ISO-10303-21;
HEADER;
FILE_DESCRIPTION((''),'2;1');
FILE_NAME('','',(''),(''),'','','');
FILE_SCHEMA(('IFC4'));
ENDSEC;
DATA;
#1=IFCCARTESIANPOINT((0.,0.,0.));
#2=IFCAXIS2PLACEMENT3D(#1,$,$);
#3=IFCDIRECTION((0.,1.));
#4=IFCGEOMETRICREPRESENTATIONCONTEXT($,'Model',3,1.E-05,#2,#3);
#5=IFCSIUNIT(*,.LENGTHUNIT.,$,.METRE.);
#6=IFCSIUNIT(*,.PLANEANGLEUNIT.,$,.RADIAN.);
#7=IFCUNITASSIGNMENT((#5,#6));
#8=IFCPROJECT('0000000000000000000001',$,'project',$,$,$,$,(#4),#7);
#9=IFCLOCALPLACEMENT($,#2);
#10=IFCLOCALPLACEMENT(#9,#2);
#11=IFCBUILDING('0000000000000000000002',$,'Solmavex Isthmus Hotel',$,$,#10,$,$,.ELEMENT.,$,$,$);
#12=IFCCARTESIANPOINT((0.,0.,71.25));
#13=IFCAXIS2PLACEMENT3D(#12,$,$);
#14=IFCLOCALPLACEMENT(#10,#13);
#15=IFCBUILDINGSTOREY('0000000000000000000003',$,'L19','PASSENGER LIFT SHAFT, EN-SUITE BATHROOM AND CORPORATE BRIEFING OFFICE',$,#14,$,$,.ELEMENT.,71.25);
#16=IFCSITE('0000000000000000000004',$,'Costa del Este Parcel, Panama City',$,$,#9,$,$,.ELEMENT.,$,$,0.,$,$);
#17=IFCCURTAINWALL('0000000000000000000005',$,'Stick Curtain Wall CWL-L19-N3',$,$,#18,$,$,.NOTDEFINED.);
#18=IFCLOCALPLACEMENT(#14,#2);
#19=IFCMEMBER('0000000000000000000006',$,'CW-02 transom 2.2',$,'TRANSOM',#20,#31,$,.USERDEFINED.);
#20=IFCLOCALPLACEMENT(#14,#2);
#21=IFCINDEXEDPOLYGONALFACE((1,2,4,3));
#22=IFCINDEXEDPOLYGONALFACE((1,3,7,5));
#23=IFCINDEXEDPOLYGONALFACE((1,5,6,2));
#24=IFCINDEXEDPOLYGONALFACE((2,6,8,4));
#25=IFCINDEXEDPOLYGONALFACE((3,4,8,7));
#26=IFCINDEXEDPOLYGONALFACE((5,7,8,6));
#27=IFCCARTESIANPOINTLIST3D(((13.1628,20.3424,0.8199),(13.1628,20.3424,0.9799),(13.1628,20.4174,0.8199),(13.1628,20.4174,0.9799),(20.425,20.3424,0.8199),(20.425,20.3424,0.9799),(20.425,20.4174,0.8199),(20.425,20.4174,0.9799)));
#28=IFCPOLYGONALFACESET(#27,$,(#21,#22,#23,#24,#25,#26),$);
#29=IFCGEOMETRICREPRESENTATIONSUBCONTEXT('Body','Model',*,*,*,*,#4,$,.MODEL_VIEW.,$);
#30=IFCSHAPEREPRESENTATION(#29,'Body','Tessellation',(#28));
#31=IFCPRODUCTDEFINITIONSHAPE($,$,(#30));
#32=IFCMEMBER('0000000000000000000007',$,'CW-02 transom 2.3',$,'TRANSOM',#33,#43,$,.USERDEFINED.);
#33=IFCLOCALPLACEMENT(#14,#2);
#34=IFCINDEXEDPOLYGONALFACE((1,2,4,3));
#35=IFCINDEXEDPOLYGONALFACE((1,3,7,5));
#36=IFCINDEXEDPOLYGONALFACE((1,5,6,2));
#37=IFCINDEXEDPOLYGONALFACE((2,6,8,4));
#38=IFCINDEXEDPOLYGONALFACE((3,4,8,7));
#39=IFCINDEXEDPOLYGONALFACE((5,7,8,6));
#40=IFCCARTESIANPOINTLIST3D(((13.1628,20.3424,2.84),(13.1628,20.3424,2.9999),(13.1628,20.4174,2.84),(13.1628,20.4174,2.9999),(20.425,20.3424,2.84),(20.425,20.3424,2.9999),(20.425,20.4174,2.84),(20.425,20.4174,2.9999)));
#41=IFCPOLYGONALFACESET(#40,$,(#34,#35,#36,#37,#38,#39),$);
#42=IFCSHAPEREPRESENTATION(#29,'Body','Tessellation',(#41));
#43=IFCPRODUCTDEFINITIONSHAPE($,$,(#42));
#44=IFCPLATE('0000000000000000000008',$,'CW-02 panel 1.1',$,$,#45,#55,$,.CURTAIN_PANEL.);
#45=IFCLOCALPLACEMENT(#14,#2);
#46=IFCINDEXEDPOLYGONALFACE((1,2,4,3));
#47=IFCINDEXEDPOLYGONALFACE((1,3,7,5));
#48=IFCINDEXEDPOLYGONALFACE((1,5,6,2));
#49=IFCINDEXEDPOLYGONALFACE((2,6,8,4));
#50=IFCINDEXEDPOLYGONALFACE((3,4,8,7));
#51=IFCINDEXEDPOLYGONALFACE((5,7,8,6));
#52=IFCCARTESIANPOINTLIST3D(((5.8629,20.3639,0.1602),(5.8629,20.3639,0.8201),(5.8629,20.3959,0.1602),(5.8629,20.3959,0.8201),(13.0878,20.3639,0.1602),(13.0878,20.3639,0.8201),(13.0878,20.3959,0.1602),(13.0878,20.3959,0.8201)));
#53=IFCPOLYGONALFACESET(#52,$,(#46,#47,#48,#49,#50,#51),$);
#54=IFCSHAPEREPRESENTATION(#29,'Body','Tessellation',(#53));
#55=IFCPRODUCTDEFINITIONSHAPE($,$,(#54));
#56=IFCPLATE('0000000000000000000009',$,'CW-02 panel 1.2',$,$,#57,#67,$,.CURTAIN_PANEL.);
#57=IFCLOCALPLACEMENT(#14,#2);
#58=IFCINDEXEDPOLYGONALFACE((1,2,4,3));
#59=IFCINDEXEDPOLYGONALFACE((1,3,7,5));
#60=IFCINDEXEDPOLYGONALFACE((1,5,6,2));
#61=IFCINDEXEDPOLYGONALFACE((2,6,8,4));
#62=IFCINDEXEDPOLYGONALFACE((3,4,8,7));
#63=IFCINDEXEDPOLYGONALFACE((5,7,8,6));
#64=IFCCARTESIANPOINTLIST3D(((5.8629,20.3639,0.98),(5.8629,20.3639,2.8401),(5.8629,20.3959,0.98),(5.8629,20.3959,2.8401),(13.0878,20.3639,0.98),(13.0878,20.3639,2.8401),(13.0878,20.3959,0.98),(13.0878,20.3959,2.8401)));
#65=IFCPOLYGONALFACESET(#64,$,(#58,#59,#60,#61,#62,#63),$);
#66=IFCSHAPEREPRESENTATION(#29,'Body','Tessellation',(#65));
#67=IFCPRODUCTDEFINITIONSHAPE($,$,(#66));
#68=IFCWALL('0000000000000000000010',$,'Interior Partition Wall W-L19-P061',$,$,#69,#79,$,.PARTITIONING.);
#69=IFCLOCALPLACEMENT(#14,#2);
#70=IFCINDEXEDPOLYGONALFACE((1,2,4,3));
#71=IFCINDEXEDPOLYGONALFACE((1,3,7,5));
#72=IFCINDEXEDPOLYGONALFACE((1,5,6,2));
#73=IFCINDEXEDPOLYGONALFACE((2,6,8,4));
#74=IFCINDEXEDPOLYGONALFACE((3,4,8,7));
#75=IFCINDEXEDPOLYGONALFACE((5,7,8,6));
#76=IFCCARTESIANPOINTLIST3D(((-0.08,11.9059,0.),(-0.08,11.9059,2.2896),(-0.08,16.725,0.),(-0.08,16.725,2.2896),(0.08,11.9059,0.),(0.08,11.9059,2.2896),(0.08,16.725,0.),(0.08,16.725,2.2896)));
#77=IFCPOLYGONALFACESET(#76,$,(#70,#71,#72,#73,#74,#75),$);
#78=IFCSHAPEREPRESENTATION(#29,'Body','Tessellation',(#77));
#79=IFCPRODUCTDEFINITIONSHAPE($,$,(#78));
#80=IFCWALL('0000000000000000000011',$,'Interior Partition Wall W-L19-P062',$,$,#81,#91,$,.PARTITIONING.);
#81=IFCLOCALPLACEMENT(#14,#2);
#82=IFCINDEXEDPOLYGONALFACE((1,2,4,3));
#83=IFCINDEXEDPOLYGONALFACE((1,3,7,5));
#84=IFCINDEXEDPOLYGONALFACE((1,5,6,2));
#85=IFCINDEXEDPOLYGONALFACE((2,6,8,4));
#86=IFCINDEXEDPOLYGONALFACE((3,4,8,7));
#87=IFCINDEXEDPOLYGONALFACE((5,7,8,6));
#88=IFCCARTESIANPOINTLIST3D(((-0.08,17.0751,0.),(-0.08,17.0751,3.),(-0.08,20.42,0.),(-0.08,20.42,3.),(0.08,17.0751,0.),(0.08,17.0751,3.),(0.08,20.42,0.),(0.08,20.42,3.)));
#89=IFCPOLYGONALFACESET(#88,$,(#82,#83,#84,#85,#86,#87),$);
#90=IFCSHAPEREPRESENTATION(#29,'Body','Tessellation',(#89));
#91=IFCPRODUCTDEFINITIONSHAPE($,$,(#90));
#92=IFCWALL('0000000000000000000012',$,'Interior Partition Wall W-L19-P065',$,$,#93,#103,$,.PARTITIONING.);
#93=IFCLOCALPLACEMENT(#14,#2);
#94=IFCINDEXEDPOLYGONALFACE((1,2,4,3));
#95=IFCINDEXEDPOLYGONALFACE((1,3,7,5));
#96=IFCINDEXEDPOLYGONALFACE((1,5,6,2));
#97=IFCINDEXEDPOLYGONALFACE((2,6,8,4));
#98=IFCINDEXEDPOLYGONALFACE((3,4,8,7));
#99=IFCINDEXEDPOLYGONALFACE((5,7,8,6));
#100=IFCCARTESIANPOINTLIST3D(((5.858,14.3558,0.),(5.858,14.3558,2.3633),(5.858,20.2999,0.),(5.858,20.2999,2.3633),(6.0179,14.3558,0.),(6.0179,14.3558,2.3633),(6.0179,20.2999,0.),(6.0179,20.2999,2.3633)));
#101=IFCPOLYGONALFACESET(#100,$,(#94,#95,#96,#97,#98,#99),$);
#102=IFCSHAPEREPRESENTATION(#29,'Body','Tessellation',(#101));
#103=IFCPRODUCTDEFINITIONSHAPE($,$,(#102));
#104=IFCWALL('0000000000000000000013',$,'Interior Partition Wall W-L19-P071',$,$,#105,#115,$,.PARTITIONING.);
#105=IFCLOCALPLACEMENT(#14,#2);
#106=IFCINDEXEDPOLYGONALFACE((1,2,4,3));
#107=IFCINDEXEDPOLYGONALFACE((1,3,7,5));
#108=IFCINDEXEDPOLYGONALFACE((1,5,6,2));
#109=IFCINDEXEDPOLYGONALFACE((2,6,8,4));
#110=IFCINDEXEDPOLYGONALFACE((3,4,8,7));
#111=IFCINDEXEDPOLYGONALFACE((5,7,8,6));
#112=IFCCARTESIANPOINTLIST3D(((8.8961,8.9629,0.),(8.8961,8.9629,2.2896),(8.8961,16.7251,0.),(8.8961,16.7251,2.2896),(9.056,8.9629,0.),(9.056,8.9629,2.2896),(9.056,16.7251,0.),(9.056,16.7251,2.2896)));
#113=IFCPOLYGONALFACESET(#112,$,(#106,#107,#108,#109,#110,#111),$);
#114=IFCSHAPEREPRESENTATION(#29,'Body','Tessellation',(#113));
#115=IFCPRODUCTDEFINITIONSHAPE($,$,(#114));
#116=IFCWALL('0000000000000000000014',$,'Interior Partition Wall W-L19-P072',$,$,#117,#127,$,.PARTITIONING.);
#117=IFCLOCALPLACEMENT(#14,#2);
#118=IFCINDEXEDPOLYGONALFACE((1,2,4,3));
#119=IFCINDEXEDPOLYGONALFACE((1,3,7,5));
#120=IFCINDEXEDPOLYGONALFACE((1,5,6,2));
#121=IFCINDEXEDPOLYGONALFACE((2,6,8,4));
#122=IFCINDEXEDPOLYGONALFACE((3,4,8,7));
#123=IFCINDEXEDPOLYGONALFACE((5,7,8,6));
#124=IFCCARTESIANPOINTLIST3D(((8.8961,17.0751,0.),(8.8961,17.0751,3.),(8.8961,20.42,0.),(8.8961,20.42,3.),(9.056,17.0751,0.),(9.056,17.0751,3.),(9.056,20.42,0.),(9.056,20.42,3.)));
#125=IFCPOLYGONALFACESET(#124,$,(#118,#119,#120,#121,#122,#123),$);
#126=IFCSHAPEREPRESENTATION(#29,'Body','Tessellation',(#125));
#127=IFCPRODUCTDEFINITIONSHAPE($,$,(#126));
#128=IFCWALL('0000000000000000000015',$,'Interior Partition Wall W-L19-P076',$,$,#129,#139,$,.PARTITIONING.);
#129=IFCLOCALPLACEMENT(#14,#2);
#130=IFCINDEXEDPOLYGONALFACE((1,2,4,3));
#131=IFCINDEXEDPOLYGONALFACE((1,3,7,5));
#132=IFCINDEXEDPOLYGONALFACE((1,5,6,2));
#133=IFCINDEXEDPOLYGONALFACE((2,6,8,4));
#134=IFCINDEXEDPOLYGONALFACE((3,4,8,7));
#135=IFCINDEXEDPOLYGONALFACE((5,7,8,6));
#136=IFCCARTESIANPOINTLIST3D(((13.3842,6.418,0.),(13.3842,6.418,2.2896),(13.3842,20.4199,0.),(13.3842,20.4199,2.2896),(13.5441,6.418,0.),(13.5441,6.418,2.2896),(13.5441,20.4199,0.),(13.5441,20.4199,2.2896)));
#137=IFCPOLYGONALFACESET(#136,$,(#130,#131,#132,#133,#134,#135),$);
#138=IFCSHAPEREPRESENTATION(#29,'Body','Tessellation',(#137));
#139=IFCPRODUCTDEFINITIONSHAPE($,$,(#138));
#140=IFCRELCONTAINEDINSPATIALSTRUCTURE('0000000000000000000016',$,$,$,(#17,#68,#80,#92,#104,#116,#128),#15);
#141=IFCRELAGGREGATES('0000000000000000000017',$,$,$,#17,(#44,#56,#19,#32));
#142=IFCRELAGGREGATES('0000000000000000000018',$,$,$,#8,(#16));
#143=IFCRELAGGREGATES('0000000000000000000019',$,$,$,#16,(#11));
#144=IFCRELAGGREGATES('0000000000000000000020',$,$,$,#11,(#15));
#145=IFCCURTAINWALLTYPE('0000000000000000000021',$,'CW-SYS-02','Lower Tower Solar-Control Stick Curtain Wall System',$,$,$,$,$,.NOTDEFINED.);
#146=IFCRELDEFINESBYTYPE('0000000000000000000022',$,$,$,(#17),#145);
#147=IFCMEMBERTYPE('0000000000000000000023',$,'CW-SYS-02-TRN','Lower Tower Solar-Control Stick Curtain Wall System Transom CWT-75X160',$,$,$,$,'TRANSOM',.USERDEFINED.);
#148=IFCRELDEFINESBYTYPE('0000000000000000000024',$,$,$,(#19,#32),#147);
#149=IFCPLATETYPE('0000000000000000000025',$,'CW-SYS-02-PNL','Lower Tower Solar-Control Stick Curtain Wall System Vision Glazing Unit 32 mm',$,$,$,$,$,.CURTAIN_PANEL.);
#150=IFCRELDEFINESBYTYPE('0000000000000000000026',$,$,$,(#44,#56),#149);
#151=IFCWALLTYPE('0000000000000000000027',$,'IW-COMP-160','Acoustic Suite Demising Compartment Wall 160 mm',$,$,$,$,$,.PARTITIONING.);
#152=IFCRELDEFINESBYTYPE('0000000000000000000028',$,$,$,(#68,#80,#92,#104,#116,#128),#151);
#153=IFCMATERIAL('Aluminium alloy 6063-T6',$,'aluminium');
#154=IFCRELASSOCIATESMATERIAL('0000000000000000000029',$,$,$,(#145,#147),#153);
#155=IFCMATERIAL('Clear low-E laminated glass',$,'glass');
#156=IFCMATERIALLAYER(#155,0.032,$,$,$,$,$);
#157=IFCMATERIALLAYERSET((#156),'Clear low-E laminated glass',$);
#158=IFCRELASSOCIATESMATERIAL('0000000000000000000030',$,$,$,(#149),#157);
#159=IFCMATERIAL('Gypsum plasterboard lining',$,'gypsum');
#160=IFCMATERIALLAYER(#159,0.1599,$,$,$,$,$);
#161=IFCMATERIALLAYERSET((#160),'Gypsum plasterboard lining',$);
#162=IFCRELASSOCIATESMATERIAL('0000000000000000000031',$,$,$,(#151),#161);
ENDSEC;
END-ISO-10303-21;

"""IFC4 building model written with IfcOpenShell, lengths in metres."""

from ifc_helpers import new_model, si_unit, direction, frame, frame_2d, origin, origin_2d, place, context, subcontext, project, spatial, rectangle, extrude, material, layer, layer_set, material_profile, profile_set, type_object, element, aggregate, save


model = new_model("IFC4")

# Units and contexts
model_context = context("Model", 3, precision=1e-05, world=origin(), true_north=direction((0.0, 1.0)))
body_context = subcontext(model_context, "Body", "Model", "MODEL_VIEW")
ifc_project = project(units=[si_unit("LENGTHUNIT", "METRE"), si_unit("PLANEANGLEUNIT", "RADIAN")], contexts=[model_context])

# Site, building, storey
site_placement = place(None, origin())
site = spatial("IfcSite", under=ifc_project, at=site_placement, Name="Costa del Este Parcel, Panama City", CompositionType="ELEMENT", RefElevation=0.0)
building_placement = place(site_placement, origin())
building = spatial("IfcBuilding", under=site, at=building_placement, Name="Solmavex Isthmus Hotel", CompositionType="ELEMENT")
storey_placement = place(building_placement, frame((0.0, 0.0, 71.25)))
storey = spatial("IfcBuildingStorey", under=building, at=storey_placement, Name="L19", Description="PASSENGER LIFT SHAFT, EN-SUITE BATHROOM AND CORPORATE BRIEFING OFFICE", CompositionType="ELEMENT", Elevation=71.25)

# Shared definitions
ifc_material_1 = material(Name="Aluminium alloy 6063-T6", Category="aluminium")
curtain_wall_type = type_object("IfcCurtainWallType", Name="CW-SYS-02", Description="Lower Tower Solar-Control Stick Curtain Wall System", PredefinedType="NOTDEFINED", material=ifc_material_1)

# Curtain wall, members, plates
curtain_wall_1_placement = place(storey_placement, origin())
curtain_wall_1 = element("IfcCurtainWall", 1, at=curtain_wall_1_placement, inside=storey, type_object=curtain_wall_type, Name="Stick Curtain Wall CWL-L19-N3", PredefinedType="NOTDEFINED")
ifc_material_profile_1 = material_profile(ifc_material_1, rectangle(XDim=0.075, YDim=0.1599, at=origin_2d()), Name="CWT-75X160")
ifc_profile_set_1 = profile_set([ifc_material_profile_1], Name="Aluminium alloy 6063-T6")
member_type_1 = type_object("IfcMemberType", Name="CW-SYS-02-TRN", Description="Lower Tower Solar-Control Stick Curtain Wall System Transom CWT-75X160", ElementType="TRANSOM", PredefinedType="USERDEFINED", material=ifc_profile_set_1)
member_1_placement = place(storey_placement, frame((13.1628, 20.3799, 0.8999), z_axis=(1.0, 0.0, 0.0), x_axis=(0.0, 1.0, 0.0)))
member_1 = element("IfcMember", 2, at=member_1_placement, type_object=member_type_1, Name="CW-02 transom 2.2", ObjectType="TRANSOM", PredefinedType="USERDEFINED", context=body_context, shape_type="SweptSolid", body=[
    extrude(rectangle(XDim=0.075, YDim=0.1599, at=origin_2d()), origin(), (0.0, 0.0, 1.0), 7.2622),
])
member_2_placement = place(storey_placement, frame((13.1628, 20.3799, 2.9199), z_axis=(1.0, 0.0, 0.0), x_axis=(0.0, 1.0, 0.0)))
member_2 = element("IfcMember", 3, at=member_2_placement, type_object=member_type_1, Name="CW-02 transom 2.3", ObjectType="TRANSOM", PredefinedType="USERDEFINED", context=body_context, shape_type="SweptSolid", body=[
    extrude(rectangle(XDim=0.075, YDim=0.1599, at=origin_2d()), origin(), (0.0, 0.0, 1.0), 7.2622),
])
ifc_material_2 = material(Name="Clear low-E laminated glass", Category="glass")
ifc_layer_1 = layer(ifc_material_2, 0.032)
ifc_layer_set_1 = layer_set([ifc_layer_1], Name="Clear low-E laminated glass")
plate_type = type_object("IfcPlateType", Name="CW-SYS-02-PNL", Description="Lower Tower Solar-Control Stick Curtain Wall System Vision Glazing Unit 32 mm", PredefinedType="CURTAIN_PANEL", material=ifc_layer_set_1)
plate_1_placement = place(storey_placement, frame((9.4753, 20.3799, 0.1602), z_axis=(0.0, 0.0, 1.0), x_axis=(1.0, 0.0, 0.0)))
plate_1 = element("IfcPlate", 4, at=plate_1_placement, type_object=plate_type, Name="CW-02 panel 1.1", PredefinedType="CURTAIN_PANEL", context=body_context, shape_type="SweptSolid", body=[
    extrude(rectangle(XDim=7.2249, YDim=0.032, at=origin_2d()), origin(), (0.0, 0.0, 1.0), 0.6599),
])
plate_2_placement = place(storey_placement, frame((9.4753, 20.3799, 0.98), z_axis=(0.0, 0.0, 1.0), x_axis=(1.0, 0.0, 0.0)))
plate_2 = element("IfcPlate", 5, at=plate_2_placement, type_object=plate_type, Name="CW-02 panel 1.2", PredefinedType="CURTAIN_PANEL", context=body_context, shape_type="SweptSolid", body=[
    extrude(rectangle(XDim=7.2249, YDim=0.032, at=origin_2d()), origin(), (0.0, 0.0, 1.0), 1.8601),
])
aggregate(curtain_wall_1, [plate_1, plate_2, member_1, member_2])

# Walls
ifc_material_3 = material(Name="Gypsum plasterboard lining", Category="gypsum")
ifc_layer_2 = layer(ifc_material_3, 0.1599)
ifc_layer_set_2 = layer_set([ifc_layer_2], Name="Gypsum plasterboard lining")
wall_type_1 = type_object("IfcWallType", Name="IW-COMP-160", Description="Acoustic Suite Demising Compartment Wall 160 mm", PredefinedType="PARTITIONING", material=ifc_layer_set_2)
wall_1_placement = place(storey_placement, frame((0.0, 16.7251, 0.0), z_axis=(0.0, 0.0, 1.0), x_axis=(0.0, -1.0, 0.0)))
element("IfcWall", 6, at=wall_1_placement, inside=storey, type_object=wall_type_1, Name="Interior Partition Wall W-L19-P061", PredefinedType="PARTITIONING", context=body_context, shape_type="SweptSolid", body=[
    extrude(rectangle(XDim=4.8191, YDim=0.1599, at=frame_2d((2.4097, 0.0))), origin(), (0.0, 0.0, 1.0), 2.2896),
])
wall_2_placement = place(storey_placement, frame((0.0, 20.4199, 0.0), z_axis=(0.0, 0.0, 1.0), x_axis=(0.0, -1.0, 0.0)))
element("IfcWall", 7, at=wall_2_placement, inside=storey, type_object=wall_type_1, Name="Interior Partition Wall W-L19-P062", PredefinedType="PARTITIONING", context=body_context, shape_type="SweptSolid", body=[
    extrude(rectangle(XDim=3.345, YDim=0.1599, at=frame_2d((1.6724, 0.0))), origin(), (0.0, 0.0, 1.0), 3.0),
])
wall_3_placement = place(storey_placement, frame((5.938, 20.3, 0.0), z_axis=(0.0, 0.0, 1.0), x_axis=(0.0, -1.0, 0.0)))
element("IfcWall", 8, at=wall_3_placement, inside=storey, type_object=wall_type_1, Name="Interior Partition Wall W-L19-P065", PredefinedType="PARTITIONING", context=body_context, shape_type="SweptSolid", body=[
    extrude(rectangle(XDim=5.9441, YDim=0.1599, at=frame_2d((2.9722, 0.0))), origin(), (0.0, 0.0, 1.0), 2.3633),
])
wall_4_placement = place(storey_placement, frame((8.9761, 16.7251, 0.0), z_axis=(0.0, 0.0, 1.0), x_axis=(0.0, -1.0, 0.0)))
element("IfcWall", 9, at=wall_4_placement, inside=storey, type_object=wall_type_1, Name="Interior Partition Wall W-L19-P071", PredefinedType="PARTITIONING", context=body_context, shape_type="SweptSolid", body=[
    extrude(rectangle(XDim=7.7622, YDim=0.1599, at=frame_2d((3.8811, 0.0))), origin(), (0.0, 0.0, 1.0), 2.2896),
])
wall_5_placement = place(storey_placement, frame((8.9761, 20.4199, 0.0), z_axis=(0.0, 0.0, 1.0), x_axis=(0.0, -1.0, 0.0)))
element("IfcWall", 10, at=wall_5_placement, inside=storey, type_object=wall_type_1, Name="Interior Partition Wall W-L19-P072", PredefinedType="PARTITIONING", context=body_context, shape_type="SweptSolid", body=[
    extrude(rectangle(XDim=3.345, YDim=0.1599, at=frame_2d((1.6724, 0.0))), origin(), (0.0, 0.0, 1.0), 3.0),
])
wall_6_placement = place(storey_placement, frame((13.4641, 20.4199, 0.0), z_axis=(0.0, 0.0, 1.0), x_axis=(0.0, -1.0, 0.0)))
element("IfcWall", 11, at=wall_6_placement, inside=storey, type_object=wall_type_1, Name="Interior Partition Wall W-L19-P076", PredefinedType="PARTITIONING", context=body_context, shape_type="SweptSolid", body=[
    extrude(rectangle(XDim=14.002, YDim=0.1599, at=frame_2d((7.001, 0.0))), origin(), (0.0, 0.0, 1.0), 2.2896),
])

save(model, "model.ifc")
